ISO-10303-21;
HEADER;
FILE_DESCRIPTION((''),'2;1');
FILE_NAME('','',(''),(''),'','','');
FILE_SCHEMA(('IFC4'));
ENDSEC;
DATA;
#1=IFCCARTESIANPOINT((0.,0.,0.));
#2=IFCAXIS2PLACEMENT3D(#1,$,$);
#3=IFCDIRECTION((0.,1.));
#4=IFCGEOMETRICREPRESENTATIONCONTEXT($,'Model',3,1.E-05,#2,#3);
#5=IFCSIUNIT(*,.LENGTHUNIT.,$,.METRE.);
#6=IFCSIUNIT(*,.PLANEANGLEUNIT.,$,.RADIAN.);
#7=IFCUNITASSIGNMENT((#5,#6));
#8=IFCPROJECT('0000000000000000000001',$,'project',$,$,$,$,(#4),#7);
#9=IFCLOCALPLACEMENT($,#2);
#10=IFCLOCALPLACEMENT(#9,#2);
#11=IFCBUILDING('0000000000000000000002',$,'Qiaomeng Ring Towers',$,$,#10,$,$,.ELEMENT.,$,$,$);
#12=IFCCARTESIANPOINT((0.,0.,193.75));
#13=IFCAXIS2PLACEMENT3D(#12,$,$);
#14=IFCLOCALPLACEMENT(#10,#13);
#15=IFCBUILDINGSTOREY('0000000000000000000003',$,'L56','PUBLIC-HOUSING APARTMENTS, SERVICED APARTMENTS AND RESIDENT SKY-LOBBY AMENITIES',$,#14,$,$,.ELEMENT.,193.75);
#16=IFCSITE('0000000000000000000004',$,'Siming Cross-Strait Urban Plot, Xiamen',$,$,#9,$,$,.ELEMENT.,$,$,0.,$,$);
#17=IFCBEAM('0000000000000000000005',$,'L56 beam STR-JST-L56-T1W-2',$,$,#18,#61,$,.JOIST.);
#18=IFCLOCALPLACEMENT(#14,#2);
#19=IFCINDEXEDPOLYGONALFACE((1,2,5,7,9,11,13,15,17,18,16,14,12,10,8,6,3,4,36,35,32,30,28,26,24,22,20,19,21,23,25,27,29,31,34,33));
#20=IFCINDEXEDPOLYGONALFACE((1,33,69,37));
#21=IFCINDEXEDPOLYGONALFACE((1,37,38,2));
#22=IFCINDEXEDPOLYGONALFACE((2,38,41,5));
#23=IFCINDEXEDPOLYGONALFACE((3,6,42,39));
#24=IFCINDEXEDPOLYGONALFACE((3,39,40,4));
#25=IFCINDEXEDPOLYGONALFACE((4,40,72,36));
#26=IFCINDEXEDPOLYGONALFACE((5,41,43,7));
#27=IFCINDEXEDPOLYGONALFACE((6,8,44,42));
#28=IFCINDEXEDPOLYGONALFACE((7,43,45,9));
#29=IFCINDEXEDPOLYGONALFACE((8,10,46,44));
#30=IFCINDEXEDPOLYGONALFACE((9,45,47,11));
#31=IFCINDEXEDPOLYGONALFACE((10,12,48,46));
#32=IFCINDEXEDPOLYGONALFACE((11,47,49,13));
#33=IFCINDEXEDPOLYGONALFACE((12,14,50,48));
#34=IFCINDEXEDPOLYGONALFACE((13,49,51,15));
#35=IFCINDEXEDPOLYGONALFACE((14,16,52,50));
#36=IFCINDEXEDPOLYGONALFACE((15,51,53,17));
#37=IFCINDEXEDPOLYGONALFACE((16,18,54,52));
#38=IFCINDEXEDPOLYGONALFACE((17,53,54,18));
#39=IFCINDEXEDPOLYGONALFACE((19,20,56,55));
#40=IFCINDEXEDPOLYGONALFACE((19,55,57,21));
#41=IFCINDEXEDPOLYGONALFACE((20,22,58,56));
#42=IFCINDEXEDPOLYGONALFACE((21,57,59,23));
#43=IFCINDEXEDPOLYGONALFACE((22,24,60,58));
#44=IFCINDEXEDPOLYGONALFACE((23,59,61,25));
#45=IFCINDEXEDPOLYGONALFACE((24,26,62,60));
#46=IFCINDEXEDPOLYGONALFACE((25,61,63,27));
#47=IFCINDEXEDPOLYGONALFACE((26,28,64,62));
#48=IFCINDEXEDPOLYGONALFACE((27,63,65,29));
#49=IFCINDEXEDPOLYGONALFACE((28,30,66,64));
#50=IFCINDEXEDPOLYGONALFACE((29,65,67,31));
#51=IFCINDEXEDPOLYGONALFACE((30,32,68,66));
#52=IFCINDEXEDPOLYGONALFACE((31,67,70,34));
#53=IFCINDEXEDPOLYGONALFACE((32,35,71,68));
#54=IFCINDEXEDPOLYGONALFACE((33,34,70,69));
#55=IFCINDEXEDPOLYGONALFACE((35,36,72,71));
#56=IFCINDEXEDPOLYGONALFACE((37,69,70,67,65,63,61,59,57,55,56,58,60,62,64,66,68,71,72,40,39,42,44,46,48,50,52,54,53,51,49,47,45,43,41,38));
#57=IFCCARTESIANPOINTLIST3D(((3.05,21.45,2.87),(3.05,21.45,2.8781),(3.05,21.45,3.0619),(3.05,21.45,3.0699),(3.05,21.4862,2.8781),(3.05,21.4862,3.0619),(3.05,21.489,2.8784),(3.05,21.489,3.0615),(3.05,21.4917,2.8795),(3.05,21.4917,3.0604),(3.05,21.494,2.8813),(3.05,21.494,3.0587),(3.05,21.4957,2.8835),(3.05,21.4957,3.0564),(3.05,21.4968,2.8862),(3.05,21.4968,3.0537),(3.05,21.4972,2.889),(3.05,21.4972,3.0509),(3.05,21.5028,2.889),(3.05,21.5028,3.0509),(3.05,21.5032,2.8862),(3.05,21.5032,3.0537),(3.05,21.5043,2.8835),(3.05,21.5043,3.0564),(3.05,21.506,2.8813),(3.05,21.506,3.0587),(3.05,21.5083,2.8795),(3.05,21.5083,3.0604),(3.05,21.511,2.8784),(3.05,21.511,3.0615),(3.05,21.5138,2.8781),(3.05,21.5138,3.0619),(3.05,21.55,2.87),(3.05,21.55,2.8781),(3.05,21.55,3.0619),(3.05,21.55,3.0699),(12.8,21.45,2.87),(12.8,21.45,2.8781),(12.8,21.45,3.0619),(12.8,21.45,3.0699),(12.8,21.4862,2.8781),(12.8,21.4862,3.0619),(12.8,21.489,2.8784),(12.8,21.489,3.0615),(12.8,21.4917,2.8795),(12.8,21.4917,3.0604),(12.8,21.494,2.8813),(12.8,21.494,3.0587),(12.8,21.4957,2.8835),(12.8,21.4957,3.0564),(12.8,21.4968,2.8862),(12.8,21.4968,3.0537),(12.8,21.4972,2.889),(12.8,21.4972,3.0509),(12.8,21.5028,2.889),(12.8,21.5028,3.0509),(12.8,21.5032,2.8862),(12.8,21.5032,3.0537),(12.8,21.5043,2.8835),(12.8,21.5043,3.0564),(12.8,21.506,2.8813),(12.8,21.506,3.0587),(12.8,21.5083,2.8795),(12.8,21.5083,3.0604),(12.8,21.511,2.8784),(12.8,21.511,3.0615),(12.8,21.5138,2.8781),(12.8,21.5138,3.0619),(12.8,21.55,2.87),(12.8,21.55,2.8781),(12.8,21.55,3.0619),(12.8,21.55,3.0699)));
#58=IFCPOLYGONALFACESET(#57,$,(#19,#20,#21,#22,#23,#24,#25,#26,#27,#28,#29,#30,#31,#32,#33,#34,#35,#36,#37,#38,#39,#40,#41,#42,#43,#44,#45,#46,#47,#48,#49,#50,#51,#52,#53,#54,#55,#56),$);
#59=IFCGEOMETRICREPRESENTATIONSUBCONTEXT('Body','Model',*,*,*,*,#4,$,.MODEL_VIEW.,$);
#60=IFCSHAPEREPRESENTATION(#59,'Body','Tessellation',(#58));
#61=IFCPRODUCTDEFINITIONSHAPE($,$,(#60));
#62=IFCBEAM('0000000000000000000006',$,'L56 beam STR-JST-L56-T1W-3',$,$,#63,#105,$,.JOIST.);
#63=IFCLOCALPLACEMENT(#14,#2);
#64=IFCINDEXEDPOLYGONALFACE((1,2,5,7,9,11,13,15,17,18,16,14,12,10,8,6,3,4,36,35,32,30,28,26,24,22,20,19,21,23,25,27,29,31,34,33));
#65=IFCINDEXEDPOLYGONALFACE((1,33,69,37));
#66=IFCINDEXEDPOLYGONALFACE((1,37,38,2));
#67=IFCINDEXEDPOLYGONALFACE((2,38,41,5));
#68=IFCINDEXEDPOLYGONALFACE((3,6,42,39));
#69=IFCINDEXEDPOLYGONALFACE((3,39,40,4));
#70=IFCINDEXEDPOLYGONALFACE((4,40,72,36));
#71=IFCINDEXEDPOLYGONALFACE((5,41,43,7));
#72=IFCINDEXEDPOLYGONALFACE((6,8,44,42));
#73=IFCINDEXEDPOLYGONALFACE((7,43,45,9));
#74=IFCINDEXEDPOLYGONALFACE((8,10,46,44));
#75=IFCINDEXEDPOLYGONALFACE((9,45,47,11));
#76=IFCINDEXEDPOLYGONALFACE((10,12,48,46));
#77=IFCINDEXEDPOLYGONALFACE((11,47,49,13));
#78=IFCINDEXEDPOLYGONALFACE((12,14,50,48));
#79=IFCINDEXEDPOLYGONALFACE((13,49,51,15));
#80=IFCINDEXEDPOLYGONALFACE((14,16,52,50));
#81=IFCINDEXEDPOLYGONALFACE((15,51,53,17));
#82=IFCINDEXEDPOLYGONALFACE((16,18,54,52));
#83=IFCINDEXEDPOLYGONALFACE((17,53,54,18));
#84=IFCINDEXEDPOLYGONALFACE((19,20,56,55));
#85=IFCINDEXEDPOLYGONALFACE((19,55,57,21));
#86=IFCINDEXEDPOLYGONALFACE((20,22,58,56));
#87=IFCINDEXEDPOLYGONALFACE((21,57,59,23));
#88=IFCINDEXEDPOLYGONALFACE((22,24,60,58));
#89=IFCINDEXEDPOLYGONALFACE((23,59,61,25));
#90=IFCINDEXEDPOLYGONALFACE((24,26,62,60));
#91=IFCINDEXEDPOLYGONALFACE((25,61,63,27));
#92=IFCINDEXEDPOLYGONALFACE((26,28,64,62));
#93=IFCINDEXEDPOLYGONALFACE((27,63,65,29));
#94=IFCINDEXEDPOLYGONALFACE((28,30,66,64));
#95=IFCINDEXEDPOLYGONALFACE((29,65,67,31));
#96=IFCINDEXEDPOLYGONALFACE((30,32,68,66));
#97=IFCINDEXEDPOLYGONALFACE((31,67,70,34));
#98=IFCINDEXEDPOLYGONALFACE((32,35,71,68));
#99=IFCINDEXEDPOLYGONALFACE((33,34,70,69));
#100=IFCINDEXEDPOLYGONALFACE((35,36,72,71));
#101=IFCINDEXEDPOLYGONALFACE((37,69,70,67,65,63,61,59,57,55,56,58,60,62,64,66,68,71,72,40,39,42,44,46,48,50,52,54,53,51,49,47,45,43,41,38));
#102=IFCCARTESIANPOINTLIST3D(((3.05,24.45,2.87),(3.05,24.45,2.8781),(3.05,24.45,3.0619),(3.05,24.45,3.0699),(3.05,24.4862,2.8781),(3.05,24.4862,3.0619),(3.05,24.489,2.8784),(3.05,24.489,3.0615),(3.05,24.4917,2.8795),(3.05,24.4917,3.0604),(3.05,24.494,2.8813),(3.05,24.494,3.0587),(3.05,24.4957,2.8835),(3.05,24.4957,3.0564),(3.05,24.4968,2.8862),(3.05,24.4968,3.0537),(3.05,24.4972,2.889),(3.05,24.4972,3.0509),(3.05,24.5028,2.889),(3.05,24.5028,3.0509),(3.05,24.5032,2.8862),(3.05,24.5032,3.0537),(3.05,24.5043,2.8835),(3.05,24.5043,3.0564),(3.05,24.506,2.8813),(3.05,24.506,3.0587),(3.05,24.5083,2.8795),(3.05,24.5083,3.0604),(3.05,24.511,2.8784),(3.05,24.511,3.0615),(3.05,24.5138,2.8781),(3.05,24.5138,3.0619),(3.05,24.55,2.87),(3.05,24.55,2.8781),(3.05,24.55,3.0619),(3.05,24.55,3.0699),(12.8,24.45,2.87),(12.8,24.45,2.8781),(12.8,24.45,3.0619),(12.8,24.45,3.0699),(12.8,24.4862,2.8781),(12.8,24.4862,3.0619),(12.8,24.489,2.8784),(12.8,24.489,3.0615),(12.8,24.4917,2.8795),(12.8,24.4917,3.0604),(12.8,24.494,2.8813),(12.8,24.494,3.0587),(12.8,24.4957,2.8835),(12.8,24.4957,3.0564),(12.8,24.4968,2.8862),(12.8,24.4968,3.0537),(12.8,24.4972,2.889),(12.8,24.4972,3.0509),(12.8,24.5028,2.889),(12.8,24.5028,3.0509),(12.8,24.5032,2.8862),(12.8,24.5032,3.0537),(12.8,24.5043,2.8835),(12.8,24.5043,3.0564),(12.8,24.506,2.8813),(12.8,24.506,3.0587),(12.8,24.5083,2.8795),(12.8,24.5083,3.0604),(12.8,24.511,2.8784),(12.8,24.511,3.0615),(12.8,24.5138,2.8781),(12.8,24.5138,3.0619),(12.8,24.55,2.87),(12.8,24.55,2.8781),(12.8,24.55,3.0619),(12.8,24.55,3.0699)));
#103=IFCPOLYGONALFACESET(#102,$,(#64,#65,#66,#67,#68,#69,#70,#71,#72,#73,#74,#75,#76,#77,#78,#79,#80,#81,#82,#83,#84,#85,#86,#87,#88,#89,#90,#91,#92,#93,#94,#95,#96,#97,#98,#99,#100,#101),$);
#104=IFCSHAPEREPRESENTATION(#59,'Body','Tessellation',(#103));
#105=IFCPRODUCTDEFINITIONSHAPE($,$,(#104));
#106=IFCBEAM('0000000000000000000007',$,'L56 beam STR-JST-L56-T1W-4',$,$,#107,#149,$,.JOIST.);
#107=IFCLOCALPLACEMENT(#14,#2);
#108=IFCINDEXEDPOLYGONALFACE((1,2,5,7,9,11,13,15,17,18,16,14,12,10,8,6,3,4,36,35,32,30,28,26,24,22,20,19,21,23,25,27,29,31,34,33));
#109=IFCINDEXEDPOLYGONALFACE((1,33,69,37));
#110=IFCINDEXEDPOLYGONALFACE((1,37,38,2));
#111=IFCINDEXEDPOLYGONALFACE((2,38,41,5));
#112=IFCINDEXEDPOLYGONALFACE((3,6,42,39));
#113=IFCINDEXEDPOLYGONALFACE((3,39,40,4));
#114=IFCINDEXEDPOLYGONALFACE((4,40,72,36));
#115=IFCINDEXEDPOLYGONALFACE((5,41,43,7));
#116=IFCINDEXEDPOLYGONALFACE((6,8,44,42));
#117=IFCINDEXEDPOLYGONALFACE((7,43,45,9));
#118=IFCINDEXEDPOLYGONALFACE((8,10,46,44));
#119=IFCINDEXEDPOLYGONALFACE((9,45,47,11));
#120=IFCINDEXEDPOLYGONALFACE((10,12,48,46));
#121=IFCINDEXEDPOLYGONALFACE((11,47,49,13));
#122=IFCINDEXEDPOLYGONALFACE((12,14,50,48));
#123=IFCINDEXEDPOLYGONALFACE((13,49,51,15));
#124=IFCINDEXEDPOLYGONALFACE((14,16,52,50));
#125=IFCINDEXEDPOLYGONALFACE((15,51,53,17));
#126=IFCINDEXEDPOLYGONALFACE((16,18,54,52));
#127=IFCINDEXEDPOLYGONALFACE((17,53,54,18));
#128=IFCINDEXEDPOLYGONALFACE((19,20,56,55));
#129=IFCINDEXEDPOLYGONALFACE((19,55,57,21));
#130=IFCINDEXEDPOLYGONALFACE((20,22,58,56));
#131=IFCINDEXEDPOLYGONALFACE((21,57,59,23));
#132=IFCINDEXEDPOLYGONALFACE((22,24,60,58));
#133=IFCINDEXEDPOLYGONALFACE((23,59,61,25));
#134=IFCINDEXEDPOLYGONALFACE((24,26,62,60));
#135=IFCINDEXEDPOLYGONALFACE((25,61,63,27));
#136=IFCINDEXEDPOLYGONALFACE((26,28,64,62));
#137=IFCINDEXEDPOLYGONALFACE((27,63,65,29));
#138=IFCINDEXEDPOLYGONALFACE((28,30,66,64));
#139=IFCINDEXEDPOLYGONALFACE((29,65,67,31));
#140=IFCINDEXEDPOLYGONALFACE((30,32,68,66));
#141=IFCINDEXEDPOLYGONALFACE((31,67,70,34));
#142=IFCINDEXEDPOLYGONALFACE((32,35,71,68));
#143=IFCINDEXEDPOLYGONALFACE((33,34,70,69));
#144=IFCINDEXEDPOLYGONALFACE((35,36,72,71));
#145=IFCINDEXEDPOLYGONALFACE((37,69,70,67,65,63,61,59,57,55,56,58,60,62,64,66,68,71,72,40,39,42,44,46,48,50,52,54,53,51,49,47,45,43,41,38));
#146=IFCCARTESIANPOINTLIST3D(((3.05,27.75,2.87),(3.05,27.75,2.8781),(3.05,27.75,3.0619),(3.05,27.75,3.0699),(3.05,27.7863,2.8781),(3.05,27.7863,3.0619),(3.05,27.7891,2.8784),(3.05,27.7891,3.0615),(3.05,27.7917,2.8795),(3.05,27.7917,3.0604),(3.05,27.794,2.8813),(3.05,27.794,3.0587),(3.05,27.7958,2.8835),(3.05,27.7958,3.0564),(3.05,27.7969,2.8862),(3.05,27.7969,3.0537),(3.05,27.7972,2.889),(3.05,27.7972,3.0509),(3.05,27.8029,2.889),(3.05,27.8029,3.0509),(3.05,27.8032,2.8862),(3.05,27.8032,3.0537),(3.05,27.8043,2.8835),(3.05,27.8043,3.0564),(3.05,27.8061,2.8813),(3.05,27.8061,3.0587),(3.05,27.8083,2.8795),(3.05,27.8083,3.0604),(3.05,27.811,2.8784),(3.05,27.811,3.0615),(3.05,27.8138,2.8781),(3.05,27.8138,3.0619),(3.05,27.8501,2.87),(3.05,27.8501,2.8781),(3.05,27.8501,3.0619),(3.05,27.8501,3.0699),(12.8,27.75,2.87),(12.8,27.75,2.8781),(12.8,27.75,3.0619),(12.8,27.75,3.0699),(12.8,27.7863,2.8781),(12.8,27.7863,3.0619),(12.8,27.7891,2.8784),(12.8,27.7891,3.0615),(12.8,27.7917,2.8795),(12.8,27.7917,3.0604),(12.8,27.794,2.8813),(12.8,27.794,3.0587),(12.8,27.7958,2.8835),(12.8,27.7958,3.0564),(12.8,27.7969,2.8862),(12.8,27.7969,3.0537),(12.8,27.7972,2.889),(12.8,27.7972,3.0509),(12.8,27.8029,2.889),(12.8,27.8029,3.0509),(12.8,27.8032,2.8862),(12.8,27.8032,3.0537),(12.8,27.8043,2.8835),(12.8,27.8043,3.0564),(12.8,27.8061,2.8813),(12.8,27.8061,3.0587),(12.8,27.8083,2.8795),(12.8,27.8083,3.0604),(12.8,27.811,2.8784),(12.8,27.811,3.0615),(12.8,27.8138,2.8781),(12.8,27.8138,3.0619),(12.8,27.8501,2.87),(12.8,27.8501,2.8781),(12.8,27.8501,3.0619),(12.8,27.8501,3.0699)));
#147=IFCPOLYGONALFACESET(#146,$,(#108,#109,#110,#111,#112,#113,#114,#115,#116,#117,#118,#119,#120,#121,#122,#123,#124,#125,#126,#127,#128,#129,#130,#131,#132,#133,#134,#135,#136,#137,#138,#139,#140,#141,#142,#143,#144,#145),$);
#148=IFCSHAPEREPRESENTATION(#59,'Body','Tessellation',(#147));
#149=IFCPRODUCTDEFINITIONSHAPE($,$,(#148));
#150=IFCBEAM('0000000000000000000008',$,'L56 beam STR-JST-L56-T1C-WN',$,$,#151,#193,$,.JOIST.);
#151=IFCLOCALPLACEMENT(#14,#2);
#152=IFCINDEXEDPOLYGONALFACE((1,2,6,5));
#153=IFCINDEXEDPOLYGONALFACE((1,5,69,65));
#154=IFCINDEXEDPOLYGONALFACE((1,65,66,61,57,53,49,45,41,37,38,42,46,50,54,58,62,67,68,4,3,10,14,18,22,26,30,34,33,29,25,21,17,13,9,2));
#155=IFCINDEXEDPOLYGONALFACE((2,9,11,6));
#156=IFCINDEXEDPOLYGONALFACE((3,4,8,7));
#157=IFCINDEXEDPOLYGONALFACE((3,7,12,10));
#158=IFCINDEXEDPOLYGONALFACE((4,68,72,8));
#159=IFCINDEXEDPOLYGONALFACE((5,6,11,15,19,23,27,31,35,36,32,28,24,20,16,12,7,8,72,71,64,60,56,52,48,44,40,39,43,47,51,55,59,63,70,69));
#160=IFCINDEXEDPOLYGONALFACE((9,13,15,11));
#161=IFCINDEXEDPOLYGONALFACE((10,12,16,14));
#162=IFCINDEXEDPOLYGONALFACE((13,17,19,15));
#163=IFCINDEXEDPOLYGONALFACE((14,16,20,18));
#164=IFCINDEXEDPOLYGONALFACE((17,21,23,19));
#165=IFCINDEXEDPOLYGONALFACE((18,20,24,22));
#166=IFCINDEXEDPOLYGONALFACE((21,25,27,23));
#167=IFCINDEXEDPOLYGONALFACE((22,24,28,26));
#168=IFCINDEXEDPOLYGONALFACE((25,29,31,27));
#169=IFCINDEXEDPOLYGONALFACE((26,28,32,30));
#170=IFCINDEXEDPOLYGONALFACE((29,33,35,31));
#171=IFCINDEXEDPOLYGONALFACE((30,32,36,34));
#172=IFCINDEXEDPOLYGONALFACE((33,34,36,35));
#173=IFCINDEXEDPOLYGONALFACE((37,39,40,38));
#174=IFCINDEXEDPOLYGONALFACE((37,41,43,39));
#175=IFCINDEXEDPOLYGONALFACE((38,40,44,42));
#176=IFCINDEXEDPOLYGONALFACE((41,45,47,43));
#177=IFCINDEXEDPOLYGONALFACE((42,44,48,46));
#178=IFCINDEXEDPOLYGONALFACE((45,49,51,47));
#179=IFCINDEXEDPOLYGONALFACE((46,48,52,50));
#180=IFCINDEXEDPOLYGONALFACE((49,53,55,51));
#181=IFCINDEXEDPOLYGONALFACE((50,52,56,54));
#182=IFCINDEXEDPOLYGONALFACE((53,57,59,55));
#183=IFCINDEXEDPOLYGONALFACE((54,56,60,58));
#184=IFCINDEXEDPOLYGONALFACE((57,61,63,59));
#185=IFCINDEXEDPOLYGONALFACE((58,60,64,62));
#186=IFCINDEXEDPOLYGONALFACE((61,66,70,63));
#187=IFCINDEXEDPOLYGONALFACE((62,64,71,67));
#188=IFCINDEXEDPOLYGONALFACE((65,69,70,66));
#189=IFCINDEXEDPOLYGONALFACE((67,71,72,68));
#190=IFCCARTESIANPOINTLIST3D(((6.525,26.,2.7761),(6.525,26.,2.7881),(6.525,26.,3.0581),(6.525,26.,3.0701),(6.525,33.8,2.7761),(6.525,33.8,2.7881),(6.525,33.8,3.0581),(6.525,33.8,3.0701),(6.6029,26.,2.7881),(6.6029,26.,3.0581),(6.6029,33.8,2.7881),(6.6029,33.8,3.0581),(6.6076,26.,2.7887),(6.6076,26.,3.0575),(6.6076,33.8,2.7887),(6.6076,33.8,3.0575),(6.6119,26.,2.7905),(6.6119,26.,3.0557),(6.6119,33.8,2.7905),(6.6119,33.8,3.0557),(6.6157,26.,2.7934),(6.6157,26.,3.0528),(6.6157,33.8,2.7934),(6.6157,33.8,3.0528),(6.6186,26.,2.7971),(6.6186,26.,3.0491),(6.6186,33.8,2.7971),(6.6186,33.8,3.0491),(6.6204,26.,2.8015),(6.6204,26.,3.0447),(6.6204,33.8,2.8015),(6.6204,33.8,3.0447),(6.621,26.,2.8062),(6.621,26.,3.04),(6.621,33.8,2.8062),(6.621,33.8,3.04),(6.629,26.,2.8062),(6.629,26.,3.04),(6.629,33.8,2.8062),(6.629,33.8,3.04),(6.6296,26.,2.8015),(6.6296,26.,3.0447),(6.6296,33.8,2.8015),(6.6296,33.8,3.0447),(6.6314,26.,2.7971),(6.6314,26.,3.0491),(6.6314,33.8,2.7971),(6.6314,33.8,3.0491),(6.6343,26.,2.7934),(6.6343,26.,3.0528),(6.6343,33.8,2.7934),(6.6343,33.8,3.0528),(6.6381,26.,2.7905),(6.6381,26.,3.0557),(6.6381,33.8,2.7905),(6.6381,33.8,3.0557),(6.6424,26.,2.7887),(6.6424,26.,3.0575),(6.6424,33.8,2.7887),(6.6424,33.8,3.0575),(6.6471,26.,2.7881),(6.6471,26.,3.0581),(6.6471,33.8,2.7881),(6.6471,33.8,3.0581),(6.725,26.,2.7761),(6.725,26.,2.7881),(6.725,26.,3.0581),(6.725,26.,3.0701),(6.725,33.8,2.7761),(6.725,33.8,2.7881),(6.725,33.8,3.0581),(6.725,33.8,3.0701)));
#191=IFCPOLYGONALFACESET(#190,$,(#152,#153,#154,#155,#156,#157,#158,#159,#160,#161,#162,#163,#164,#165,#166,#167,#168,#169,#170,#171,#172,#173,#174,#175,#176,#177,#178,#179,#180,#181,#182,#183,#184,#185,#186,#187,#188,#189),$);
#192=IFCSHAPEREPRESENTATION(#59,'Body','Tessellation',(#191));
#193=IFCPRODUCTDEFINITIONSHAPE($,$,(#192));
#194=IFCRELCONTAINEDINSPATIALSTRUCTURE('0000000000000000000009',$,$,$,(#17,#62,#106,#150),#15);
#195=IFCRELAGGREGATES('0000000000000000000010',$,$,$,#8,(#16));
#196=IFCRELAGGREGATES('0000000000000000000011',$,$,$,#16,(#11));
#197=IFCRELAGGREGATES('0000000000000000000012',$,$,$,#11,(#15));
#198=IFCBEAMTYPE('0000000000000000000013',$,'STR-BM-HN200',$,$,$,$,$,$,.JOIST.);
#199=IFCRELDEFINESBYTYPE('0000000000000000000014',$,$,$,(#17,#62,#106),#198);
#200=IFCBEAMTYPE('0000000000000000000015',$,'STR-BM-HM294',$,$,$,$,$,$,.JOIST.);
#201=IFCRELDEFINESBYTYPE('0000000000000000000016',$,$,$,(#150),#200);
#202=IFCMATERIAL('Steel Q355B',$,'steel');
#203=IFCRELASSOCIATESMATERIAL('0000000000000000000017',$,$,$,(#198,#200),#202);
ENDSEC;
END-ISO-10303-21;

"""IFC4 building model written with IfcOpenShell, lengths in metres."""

from ifc_helpers import new_model, si_unit, direction, frame, origin, origin_2d, place, context, subcontext, project, spatial, i_section, extrude, source, transform, mapped, material, material_profile, profile_set, type_object, element, save


model = new_model("IFC4")

# Units and contexts
model_context = context("Model", 3, precision=1e-05, world=origin(), true_north=direction((0.0, 1.0)))
body_context = subcontext(model_context, "Body", "Model", "MODEL_VIEW")
ifc_project = project(units=[si_unit("LENGTHUNIT", "METRE"), si_unit("PLANEANGLEUNIT", "RADIAN")], contexts=[model_context])

# Site, building, storey
site_placement = place(None, origin())
site = spatial("IfcSite", under=ifc_project, at=site_placement, Name="Siming Cross-Strait Urban Plot, Xiamen", CompositionType="ELEMENT", RefElevation=0.0)
building_placement = place(site_placement, origin())
building = spatial("IfcBuilding", under=site, at=building_placement, Name="Qiaomeng Ring Towers", CompositionType="ELEMENT")
storey_placement = place(building_placement, frame((0.0, 0.0, 193.75)))
storey = spatial("IfcBuildingStorey", under=building, at=storey_placement, Name="L56", Description="PUBLIC-HOUSING APARTMENTS, SERVICED APARTMENTS AND RESIDENT SKY-LOBBY AMENITIES", CompositionType="ELEMENT", Elevation=193.75)

# Beams
ifc_material_1 = material(Name="Steel Q355B", Category="steel")
ifc_material_profile_1 = material_profile(ifc_material_1, i_section(OverallWidth=0.1001, OverallDepth=0.2, WebThickness=0.0056, FlangeThickness=0.0081, FilletRadius=0.011, at=origin_2d()), Name="HN 200x100x5.5x8")
ifc_profile_set_1 = profile_set([ifc_material_profile_1], Name="Steel Q355B")
beam_type_1 = type_object("IfcBeamType", Name="STR-BM-HN200", PredefinedType="JOIST", material=ifc_profile_set_1)
shared_shape_1 = source(origin(), body_context, "Body", "SweptSolid", [
    extrude(i_section(OverallWidth=0.1001, OverallDepth=0.2, WebThickness=0.0056, FlangeThickness=0.0081, FilletRadius=0.011, at=origin_2d()), origin(), (0.0, 0.0, 1.0), 9.75),
])
for number, where, z_axis, x_axis, name in (
    (1, (3.05, 21.5, 2.97), (1.0, 0.0, 0.0), (0.0, 1.0, 0.0), "L56 beam STR-JST-L56-T1W-2"),
    (2, (3.05, 24.5, 2.97), (1.0, 0.0, 0.0), (0.0, 1.0, 0.0), "L56 beam STR-JST-L56-T1W-3"),
    (3, (3.05, 27.8, 2.97), (1.0, 0.0, 0.0), (0.0, 1.0, 0.0), "L56 beam STR-JST-L56-T1W-4"),
):
    element("IfcBeam", number, at=place(storey_placement, frame(where, z_axis=z_axis, x_axis=x_axis)), inside=storey, type_object=beam_type_1, Name=name, PredefinedType="JOIST", context=body_context, shape_type="MappedRepresentation", body=[
        mapped(shared_shape_1, transform((0.0, 0.0, 0.0), x_axis=(1.0, 0.0, 0.0), y_axis=(0.0, 1.0, 0.0), z_axis=(0.0, 0.0, 1.0), scale=1.0)),
    ])
ifc_material_profile_2 = material_profile(ifc_material_1, i_section(OverallWidth=0.2, OverallDepth=0.2939, WebThickness=0.0081, FlangeThickness=0.012, FilletRadius=0.0181, at=origin_2d()), Name="HM 294x200x8x12")
ifc_profile_set_2 = profile_set([ifc_material_profile_2], Name="Steel Q355B")
beam_type_2 = type_object("IfcBeamType", Name="STR-BM-HM294", PredefinedType="JOIST", material=ifc_profile_set_2)
shared_shape_2 = source(origin(), body_context, "Body", "SweptSolid", [
    extrude(i_section(OverallWidth=0.2, OverallDepth=0.2939, WebThickness=0.0081, FlangeThickness=0.012, FilletRadius=0.0181, at=origin_2d()), origin(), (0.0, 0.0, 1.0), 7.8),
])
beam_1_placement = place(storey_placement, frame((6.625, 26.0, 2.9231), z_axis=(0.0, 1.0, 0.0), x_axis=(-1.0, 0.0, 0.0)))
element("IfcBeam", 4, at=beam_1_placement, inside=storey, type_object=beam_type_2, Name="L56 beam STR-JST-L56-T1C-WN", PredefinedType="JOIST", context=body_context, shape_type="MappedRepresentation", body=[
    mapped(shared_shape_2, transform((0.0, 0.0, 0.0), x_axis=(1.0, 0.0, 0.0), y_axis=(0.0, 1.0, 0.0), z_axis=(0.0, 0.0, 1.0), scale=1.0)),
])

save(model, "model.ifc")
